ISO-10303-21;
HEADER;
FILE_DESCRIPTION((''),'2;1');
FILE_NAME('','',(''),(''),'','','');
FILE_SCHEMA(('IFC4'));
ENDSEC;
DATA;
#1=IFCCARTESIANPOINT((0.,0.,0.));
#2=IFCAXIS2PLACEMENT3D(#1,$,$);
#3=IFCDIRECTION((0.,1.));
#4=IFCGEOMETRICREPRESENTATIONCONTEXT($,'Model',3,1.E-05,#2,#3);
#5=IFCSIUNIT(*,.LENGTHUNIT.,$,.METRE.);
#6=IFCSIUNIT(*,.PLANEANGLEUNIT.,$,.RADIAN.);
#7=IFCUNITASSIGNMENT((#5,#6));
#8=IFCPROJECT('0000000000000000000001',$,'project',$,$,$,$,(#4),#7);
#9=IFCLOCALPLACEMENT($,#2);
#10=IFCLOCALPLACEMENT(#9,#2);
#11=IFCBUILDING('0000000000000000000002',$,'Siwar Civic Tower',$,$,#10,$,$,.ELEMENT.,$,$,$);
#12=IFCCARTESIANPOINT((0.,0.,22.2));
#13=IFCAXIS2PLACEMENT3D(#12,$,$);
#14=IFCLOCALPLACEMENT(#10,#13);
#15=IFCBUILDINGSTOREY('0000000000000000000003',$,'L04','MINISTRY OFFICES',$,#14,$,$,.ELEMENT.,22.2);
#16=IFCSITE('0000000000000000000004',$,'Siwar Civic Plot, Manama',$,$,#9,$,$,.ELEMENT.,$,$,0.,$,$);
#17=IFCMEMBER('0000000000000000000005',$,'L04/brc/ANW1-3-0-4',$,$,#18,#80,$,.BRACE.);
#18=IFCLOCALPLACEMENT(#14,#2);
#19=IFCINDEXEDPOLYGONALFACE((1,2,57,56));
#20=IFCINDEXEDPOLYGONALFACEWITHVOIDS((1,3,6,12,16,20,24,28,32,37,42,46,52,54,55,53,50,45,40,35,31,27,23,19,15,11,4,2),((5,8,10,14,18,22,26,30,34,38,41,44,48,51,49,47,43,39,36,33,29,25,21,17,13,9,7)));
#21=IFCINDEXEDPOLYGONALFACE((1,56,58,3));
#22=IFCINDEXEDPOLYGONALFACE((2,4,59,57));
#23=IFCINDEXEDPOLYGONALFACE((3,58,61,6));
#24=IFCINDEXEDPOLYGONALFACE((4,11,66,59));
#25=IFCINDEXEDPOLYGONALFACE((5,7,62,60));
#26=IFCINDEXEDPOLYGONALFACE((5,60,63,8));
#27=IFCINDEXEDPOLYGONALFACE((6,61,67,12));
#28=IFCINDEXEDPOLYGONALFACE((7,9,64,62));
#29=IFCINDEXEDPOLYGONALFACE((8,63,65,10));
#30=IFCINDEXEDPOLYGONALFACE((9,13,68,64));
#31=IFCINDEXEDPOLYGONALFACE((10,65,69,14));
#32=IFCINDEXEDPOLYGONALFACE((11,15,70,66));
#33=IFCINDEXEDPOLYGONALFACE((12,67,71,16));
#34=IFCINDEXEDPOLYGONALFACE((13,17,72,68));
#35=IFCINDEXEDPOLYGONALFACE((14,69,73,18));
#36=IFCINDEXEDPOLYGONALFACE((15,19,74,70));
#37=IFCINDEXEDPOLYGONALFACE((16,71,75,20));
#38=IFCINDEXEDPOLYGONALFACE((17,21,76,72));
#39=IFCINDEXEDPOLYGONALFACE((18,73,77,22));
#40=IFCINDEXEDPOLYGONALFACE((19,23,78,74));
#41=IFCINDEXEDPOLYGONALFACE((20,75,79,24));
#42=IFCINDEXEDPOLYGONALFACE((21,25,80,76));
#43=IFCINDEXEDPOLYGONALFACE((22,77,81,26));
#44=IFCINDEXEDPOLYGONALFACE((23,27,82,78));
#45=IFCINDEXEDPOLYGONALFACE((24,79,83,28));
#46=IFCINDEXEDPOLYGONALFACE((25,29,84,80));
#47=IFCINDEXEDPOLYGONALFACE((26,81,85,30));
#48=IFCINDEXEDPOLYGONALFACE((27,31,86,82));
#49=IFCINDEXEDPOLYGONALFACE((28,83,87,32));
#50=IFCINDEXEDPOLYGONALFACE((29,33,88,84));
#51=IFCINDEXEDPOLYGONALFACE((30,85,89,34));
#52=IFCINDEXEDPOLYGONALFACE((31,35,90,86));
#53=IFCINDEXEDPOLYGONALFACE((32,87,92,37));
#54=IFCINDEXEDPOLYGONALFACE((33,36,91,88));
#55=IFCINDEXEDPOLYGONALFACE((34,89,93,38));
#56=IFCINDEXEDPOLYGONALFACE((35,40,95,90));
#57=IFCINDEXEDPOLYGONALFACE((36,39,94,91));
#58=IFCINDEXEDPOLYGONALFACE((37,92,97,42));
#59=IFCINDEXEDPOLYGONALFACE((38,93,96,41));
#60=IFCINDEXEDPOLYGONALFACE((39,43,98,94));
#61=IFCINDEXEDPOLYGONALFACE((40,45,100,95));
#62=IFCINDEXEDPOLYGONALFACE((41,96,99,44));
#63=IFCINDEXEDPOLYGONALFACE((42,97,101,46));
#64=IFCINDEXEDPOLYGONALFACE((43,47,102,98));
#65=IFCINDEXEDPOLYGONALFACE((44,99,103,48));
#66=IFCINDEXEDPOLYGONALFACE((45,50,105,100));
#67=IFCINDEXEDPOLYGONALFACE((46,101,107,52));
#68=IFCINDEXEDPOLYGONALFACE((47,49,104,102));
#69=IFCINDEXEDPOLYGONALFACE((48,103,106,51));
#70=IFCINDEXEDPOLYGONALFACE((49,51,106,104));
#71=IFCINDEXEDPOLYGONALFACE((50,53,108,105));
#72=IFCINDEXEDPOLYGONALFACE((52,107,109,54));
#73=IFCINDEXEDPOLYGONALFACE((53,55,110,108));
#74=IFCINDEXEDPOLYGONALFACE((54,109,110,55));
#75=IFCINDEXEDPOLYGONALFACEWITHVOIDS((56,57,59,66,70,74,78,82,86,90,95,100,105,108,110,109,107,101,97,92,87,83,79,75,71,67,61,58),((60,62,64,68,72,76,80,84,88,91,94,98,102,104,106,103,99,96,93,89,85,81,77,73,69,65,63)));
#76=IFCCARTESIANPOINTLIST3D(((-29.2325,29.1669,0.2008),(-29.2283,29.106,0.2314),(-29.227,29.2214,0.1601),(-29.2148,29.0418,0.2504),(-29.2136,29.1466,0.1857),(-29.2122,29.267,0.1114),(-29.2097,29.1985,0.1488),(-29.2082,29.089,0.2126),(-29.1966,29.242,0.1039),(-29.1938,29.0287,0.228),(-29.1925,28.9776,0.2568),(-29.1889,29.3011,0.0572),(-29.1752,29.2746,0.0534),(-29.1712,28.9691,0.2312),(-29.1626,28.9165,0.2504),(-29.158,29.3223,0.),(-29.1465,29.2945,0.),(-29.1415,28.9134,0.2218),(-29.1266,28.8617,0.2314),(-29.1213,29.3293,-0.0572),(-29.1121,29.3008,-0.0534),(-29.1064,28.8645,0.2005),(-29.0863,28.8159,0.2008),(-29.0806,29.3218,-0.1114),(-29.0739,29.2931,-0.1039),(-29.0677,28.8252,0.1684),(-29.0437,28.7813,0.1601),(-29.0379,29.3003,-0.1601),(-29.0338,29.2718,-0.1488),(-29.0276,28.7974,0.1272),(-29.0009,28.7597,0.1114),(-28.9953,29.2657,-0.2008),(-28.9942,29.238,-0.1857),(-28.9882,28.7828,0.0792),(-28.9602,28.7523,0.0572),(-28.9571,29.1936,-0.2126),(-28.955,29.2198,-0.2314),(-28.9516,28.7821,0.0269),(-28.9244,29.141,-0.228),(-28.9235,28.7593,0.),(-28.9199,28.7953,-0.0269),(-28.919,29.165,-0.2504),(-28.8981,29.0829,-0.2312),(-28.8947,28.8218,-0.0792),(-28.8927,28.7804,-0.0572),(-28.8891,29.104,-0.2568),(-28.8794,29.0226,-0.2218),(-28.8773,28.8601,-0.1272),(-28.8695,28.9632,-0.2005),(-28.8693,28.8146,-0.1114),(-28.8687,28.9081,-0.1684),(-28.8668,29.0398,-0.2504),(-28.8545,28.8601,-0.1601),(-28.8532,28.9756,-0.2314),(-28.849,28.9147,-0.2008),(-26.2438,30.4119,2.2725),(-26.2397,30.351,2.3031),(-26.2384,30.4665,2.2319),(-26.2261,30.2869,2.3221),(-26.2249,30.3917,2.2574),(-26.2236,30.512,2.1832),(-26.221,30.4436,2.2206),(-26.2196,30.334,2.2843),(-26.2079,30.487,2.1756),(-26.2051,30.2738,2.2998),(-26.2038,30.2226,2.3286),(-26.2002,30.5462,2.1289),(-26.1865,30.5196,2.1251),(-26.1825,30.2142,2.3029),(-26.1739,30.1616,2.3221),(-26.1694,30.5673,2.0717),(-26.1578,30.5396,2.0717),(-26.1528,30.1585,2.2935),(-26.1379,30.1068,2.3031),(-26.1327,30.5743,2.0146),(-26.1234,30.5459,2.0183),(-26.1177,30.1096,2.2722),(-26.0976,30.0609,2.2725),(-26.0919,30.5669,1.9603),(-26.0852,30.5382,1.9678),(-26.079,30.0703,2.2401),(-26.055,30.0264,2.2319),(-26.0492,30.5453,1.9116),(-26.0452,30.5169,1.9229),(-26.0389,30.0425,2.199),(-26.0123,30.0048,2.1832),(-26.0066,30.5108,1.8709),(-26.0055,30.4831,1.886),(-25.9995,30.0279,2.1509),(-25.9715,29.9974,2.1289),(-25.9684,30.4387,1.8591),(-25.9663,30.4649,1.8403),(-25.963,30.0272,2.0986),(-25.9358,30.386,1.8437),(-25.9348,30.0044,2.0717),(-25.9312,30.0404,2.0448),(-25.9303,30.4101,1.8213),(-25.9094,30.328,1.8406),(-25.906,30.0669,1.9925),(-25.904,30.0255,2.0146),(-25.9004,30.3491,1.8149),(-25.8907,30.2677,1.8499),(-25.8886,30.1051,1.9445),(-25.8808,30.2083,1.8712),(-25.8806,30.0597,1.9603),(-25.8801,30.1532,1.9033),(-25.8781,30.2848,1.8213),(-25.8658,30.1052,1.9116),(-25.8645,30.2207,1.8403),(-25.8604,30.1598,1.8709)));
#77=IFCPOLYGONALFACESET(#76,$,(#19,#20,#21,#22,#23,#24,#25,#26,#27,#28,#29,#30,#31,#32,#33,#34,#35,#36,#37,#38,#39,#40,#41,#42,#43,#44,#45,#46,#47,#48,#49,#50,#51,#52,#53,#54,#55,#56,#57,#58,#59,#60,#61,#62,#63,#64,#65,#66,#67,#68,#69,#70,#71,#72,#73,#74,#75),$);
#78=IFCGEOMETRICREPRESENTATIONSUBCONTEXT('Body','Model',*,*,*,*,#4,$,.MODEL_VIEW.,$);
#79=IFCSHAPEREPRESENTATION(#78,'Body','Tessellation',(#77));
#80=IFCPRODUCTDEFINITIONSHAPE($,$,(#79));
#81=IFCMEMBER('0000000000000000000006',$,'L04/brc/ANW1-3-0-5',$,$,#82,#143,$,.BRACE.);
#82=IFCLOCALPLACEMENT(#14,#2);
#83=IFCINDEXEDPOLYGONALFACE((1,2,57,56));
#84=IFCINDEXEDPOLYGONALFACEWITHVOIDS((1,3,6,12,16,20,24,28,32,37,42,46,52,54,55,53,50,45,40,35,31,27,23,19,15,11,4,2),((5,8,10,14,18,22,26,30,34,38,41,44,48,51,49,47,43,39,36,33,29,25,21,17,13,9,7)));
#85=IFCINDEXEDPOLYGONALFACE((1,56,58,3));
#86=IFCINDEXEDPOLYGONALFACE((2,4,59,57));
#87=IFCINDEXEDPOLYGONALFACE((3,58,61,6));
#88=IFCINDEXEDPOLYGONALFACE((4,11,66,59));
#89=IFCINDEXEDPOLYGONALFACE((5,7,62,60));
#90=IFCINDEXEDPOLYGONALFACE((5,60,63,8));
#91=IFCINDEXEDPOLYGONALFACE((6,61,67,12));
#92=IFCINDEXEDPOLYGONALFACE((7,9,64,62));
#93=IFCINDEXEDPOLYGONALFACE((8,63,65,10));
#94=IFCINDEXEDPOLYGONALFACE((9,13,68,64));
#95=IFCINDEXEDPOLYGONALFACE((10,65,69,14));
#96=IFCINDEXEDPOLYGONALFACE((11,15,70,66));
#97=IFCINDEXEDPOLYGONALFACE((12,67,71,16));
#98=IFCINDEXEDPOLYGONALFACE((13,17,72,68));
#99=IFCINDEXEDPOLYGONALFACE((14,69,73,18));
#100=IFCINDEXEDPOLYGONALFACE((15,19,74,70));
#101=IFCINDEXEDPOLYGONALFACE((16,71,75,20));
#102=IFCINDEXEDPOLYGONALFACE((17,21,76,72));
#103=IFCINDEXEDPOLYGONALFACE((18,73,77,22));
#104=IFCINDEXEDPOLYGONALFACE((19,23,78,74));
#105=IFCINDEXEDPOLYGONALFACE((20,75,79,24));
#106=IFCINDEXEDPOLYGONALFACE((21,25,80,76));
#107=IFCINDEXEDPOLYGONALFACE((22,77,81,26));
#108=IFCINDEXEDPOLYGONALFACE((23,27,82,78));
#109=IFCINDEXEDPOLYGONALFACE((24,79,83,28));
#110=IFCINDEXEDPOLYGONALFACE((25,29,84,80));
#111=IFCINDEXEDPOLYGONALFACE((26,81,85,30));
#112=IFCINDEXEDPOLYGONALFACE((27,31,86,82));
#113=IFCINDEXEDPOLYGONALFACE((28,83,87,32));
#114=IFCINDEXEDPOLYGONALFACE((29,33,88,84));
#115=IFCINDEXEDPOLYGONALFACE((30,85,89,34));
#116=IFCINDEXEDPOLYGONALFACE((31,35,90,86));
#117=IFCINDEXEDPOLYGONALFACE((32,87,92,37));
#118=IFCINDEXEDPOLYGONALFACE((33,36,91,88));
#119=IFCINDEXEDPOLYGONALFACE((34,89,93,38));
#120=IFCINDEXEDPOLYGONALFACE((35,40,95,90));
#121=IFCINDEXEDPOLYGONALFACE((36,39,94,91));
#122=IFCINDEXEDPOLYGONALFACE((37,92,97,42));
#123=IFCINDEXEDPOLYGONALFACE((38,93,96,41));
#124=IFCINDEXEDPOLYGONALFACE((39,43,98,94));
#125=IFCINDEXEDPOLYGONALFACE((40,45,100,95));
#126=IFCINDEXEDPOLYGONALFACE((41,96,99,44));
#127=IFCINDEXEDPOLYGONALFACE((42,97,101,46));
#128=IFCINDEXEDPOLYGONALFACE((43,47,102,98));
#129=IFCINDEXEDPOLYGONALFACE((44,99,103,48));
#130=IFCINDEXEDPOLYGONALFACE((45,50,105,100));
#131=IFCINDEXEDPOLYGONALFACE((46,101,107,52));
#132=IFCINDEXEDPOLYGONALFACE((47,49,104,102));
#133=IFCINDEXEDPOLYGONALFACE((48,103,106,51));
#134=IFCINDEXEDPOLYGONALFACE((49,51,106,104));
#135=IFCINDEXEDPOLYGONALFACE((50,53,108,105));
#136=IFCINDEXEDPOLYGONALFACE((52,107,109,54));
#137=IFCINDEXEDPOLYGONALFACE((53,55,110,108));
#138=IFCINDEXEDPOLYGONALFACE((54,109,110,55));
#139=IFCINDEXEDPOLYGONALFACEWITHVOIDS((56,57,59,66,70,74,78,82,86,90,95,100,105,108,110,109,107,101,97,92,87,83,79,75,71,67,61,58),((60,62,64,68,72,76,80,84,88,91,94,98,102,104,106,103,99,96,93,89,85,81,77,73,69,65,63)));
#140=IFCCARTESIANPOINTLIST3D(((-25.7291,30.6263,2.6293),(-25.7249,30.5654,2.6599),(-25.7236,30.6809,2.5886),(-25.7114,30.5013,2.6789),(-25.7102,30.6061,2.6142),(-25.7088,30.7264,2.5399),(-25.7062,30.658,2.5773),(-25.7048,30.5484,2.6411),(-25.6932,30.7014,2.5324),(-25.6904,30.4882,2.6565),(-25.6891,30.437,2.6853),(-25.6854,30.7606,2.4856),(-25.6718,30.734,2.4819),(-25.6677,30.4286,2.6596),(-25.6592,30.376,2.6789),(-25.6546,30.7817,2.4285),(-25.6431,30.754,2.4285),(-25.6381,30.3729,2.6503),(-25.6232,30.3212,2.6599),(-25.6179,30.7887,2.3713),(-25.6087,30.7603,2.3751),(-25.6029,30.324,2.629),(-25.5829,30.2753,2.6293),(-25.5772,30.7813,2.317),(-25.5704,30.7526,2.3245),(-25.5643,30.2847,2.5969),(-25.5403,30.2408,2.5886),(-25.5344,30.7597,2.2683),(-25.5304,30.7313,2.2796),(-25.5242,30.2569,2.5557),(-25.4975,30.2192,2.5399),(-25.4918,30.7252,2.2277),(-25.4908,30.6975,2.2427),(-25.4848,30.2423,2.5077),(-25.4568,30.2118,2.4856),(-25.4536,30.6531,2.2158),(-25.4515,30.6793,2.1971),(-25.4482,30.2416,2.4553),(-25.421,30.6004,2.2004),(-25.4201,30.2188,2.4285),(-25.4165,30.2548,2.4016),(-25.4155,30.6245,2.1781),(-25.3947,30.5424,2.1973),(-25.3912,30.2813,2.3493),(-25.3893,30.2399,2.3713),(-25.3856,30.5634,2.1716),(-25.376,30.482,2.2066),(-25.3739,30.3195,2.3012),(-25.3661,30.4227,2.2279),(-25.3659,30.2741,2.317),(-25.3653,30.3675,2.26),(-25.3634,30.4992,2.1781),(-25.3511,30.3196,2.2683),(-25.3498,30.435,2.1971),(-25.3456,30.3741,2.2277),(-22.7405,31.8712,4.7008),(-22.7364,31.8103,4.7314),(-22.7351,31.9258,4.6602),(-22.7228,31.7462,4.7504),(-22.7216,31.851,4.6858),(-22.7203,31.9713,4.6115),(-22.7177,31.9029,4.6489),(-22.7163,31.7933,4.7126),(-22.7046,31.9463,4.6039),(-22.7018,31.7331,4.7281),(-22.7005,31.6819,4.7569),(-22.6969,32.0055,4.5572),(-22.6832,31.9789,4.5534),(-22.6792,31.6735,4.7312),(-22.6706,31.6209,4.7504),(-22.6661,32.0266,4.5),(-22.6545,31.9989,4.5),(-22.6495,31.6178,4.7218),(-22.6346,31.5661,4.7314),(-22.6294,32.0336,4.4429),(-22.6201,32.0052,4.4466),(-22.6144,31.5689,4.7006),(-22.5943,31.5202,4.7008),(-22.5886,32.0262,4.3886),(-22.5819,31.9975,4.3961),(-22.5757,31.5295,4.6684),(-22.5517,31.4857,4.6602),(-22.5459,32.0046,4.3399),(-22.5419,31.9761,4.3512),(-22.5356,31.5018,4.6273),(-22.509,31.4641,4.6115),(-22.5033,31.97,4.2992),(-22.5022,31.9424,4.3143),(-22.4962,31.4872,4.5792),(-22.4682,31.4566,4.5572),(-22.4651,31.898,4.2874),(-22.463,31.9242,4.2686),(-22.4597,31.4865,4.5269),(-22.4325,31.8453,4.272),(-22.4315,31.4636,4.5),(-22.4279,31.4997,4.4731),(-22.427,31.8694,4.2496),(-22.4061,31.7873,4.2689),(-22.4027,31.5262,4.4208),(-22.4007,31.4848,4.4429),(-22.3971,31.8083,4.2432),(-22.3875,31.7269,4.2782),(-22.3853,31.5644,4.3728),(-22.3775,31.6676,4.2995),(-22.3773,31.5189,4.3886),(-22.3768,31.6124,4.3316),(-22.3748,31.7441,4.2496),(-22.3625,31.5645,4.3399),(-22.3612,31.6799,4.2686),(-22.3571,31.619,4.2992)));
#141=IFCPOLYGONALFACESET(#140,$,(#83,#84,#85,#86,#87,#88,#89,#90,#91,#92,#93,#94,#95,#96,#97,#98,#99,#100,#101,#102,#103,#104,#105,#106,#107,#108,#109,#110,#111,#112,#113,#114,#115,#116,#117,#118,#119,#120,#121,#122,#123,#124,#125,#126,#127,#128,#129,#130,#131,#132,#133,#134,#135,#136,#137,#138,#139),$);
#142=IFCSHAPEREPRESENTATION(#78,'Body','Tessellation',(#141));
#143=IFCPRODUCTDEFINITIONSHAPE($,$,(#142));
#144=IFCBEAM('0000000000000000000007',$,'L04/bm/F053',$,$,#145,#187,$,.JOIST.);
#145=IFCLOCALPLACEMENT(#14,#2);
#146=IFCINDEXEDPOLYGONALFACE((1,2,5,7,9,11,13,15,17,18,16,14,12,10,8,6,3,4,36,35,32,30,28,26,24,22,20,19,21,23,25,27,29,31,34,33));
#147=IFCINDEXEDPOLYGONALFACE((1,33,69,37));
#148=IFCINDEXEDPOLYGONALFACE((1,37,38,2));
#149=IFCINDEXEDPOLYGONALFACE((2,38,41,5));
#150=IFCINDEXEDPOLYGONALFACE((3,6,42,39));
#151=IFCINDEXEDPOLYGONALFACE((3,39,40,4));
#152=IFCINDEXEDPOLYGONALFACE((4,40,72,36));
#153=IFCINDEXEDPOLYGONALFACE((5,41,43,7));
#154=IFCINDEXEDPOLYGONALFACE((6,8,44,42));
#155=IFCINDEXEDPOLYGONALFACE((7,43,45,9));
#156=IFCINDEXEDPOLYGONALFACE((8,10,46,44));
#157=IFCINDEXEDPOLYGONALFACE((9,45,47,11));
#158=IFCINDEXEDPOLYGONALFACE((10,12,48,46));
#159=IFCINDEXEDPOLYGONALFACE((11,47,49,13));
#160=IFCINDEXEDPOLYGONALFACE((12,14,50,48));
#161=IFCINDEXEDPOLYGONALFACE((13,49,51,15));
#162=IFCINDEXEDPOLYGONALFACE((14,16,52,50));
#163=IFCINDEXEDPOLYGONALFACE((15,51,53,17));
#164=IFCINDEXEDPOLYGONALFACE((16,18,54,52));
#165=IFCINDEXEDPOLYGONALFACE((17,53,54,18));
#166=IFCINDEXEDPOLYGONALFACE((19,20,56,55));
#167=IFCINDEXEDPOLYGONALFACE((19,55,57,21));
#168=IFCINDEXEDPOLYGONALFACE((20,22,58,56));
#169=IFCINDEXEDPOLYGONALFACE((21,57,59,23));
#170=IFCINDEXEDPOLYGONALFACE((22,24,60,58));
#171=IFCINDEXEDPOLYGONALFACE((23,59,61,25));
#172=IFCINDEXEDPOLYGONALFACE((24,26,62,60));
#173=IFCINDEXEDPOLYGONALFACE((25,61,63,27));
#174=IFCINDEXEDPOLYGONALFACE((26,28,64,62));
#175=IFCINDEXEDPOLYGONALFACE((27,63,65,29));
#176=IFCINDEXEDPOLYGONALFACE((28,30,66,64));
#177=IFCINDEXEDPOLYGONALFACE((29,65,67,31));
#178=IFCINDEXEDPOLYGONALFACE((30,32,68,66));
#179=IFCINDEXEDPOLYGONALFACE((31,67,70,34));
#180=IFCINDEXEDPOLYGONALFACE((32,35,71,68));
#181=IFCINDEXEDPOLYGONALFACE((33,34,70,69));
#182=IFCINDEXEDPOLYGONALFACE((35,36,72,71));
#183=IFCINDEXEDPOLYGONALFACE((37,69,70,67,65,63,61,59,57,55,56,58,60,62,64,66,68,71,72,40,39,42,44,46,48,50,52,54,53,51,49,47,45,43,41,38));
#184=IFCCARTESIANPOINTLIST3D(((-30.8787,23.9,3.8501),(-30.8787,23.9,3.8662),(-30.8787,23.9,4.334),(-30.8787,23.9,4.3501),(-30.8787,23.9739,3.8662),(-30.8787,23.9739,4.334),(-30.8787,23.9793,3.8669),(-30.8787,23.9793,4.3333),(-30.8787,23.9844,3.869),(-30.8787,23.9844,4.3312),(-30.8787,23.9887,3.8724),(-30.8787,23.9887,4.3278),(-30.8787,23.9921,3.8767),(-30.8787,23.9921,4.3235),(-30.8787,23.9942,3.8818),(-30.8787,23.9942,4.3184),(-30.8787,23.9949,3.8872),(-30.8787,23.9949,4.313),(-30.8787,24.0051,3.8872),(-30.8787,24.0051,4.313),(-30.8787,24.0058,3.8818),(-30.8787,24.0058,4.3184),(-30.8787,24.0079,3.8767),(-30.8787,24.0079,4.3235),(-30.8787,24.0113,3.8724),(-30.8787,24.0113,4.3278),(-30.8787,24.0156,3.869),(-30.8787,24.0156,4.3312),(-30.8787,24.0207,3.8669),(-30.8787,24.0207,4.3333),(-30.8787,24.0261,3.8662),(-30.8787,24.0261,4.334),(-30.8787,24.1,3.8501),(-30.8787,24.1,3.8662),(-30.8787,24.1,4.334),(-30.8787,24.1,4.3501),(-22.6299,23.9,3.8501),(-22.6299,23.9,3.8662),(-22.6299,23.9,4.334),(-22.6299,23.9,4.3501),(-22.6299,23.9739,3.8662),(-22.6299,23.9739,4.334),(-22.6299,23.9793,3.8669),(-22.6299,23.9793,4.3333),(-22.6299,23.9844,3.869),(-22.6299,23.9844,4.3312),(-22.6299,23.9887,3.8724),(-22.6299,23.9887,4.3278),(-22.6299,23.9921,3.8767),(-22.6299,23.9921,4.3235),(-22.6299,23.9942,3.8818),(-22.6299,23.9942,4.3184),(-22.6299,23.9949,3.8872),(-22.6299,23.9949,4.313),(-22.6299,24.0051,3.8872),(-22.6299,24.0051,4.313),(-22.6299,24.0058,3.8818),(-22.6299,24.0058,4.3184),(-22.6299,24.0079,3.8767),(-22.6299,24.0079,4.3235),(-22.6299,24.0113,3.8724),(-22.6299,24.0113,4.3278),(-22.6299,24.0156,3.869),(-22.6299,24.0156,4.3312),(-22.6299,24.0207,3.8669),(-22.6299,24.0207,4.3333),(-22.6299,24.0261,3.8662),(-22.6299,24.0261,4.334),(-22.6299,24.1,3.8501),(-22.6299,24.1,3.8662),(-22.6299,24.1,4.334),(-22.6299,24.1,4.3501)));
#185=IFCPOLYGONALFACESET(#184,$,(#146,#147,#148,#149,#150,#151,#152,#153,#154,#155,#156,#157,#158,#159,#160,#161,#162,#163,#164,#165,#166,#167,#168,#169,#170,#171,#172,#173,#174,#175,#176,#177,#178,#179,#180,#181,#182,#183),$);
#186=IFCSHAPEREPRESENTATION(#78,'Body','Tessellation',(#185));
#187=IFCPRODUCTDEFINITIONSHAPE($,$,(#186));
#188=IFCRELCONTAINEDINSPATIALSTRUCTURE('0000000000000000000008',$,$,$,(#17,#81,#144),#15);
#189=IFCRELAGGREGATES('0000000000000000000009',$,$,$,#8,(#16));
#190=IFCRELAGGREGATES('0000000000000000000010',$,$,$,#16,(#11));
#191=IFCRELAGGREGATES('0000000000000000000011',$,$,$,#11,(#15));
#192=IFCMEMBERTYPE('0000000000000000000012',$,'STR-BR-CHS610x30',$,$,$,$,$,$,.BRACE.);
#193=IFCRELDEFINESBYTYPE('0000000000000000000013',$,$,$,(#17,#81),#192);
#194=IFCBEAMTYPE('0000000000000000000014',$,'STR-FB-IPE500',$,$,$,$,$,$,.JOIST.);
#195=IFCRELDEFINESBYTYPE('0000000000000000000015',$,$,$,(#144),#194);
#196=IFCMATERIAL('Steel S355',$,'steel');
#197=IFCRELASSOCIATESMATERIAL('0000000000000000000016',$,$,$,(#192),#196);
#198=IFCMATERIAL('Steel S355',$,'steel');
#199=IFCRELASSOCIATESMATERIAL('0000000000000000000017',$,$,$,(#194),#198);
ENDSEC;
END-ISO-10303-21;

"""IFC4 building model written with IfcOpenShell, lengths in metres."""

from ifc_helpers import new_model, si_unit, direction, frame, origin, origin_2d, place, context, subcontext, project, spatial, hollow_circle, i_section, extrude, material, material_profile, profile_set, type_object, element, save


model = new_model("IFC4")

# Units and contexts
model_context = context("Model", 3, precision=1e-05, world=origin(), true_north=direction((0.0, 1.0)))
body_context = subcontext(model_context, "Body", "Model", "MODEL_VIEW")
ifc_project = project(units=[si_unit("LENGTHUNIT", "METRE"), si_unit("PLANEANGLEUNIT", "RADIAN")], contexts=[model_context])

# Site, building, storey
site_placement = place(None, origin())
site = spatial("IfcSite", under=ifc_project, at=site_placement, Name="Siwar Civic Plot, Manama", CompositionType="ELEMENT", RefElevation=0.0)
building_placement = place(site_placement, origin())
building = spatial("IfcBuilding", under=site, at=building_placement, Name="Siwar Civic Tower", CompositionType="ELEMENT")
storey_placement = place(building_placement, frame((0.0, 0.0, 22.2)))
storey = spatial("IfcBuildingStorey", under=building, at=storey_placement, Name="L04", Description="MINISTRY OFFICES", CompositionType="ELEMENT", Elevation=22.2)

# Members
ifc_material_1 = material(Name="Steel S355", Category="steel")
ifc_material_profile_1 = material_profile(ifc_material_1, hollow_circle(Radius=0.3049, WallThickness=0.03, at=origin_2d()), Name="CHS610x30")
ifc_profile_set_1 = profile_set([ifc_material_profile_1], Name="Steel S355")
member_type_1 = type_object("IfcMemberType", Name="STR-BR-CHS610x30", PredefinedType="BRACE", material=ifc_profile_set_1)
member_1_placement = place(storey_placement, frame((-29.0408, 29.0408, 0.0), z_axis=(0.777542, 0.323923, 0.538982), x_axis=(-0.384562, 0.923099, 0.0)))
element("IfcMember", 1, at=member_1_placement, inside=storey, type_object=member_type_1, Name="L04/brc/ANW1-3-0-4", PredefinedType="BRACE", context=body_context, shape_type="SweptSolid", body=[
    extrude(hollow_circle(Radius=0.3049, WallThickness=0.03, at=origin_2d()), origin(), (0.0, 0.0, 1.0), 3.8438),
])
member_2_placement = place(storey_placement, frame((-25.5374, 30.5002, 2.4285), z_axis=(0.77756, 0.323893, 0.538975), x_axis=(-0.384524, 0.923115, 0.0)))
element("IfcMember", 2, at=member_2_placement, inside=storey, type_object=member_type_1, Name="L04/brc/ANW1-3-0-5", PredefinedType="BRACE", context=body_context, shape_type="SweptSolid", body=[
    extrude(hollow_circle(Radius=0.3049, WallThickness=0.03, at=origin_2d()), origin(), (0.0, 0.0, 1.0), 3.8435),
])

# Beam
ifc_material_2 = material(Name="Steel S355", Category="steel")
ifc_material_profile_2 = material_profile(ifc_material_2, i_section(OverallWidth=0.2, OverallDepth=0.5, WebThickness=0.0103, FlangeThickness=0.0161, FilletRadius=0.021, at=origin_2d()), Name="IPE500")
ifc_profile_set_2 = profile_set([ifc_material_profile_2], Name="Steel S355")
beam_type_1 = type_object("IfcBeamType", Name="STR-FB-IPE500", PredefinedType="JOIST", material=ifc_profile_set_2)
beam_1_placement = place(storey_placement, frame((-30.8787, 24.0, 4.1001), z_axis=(1.0, 0.0, 0.0), x_axis=(0.0, 1.0, 0.0)))
element("IfcBeam", 3, at=beam_1_placement, inside=storey, type_object=beam_type_1, Name="L04/bm/F053", PredefinedType="JOIST", context=body_context, shape_type="SweptSolid", body=[
    extrude(i_section(OverallWidth=0.2, OverallDepth=0.5, WebThickness=0.0103, FlangeThickness=0.0161, FilletRadius=0.021, at=origin_2d()), origin(), (0.0, 0.0, 1.0), 8.2488),
])

save(model, "model.ifc")
